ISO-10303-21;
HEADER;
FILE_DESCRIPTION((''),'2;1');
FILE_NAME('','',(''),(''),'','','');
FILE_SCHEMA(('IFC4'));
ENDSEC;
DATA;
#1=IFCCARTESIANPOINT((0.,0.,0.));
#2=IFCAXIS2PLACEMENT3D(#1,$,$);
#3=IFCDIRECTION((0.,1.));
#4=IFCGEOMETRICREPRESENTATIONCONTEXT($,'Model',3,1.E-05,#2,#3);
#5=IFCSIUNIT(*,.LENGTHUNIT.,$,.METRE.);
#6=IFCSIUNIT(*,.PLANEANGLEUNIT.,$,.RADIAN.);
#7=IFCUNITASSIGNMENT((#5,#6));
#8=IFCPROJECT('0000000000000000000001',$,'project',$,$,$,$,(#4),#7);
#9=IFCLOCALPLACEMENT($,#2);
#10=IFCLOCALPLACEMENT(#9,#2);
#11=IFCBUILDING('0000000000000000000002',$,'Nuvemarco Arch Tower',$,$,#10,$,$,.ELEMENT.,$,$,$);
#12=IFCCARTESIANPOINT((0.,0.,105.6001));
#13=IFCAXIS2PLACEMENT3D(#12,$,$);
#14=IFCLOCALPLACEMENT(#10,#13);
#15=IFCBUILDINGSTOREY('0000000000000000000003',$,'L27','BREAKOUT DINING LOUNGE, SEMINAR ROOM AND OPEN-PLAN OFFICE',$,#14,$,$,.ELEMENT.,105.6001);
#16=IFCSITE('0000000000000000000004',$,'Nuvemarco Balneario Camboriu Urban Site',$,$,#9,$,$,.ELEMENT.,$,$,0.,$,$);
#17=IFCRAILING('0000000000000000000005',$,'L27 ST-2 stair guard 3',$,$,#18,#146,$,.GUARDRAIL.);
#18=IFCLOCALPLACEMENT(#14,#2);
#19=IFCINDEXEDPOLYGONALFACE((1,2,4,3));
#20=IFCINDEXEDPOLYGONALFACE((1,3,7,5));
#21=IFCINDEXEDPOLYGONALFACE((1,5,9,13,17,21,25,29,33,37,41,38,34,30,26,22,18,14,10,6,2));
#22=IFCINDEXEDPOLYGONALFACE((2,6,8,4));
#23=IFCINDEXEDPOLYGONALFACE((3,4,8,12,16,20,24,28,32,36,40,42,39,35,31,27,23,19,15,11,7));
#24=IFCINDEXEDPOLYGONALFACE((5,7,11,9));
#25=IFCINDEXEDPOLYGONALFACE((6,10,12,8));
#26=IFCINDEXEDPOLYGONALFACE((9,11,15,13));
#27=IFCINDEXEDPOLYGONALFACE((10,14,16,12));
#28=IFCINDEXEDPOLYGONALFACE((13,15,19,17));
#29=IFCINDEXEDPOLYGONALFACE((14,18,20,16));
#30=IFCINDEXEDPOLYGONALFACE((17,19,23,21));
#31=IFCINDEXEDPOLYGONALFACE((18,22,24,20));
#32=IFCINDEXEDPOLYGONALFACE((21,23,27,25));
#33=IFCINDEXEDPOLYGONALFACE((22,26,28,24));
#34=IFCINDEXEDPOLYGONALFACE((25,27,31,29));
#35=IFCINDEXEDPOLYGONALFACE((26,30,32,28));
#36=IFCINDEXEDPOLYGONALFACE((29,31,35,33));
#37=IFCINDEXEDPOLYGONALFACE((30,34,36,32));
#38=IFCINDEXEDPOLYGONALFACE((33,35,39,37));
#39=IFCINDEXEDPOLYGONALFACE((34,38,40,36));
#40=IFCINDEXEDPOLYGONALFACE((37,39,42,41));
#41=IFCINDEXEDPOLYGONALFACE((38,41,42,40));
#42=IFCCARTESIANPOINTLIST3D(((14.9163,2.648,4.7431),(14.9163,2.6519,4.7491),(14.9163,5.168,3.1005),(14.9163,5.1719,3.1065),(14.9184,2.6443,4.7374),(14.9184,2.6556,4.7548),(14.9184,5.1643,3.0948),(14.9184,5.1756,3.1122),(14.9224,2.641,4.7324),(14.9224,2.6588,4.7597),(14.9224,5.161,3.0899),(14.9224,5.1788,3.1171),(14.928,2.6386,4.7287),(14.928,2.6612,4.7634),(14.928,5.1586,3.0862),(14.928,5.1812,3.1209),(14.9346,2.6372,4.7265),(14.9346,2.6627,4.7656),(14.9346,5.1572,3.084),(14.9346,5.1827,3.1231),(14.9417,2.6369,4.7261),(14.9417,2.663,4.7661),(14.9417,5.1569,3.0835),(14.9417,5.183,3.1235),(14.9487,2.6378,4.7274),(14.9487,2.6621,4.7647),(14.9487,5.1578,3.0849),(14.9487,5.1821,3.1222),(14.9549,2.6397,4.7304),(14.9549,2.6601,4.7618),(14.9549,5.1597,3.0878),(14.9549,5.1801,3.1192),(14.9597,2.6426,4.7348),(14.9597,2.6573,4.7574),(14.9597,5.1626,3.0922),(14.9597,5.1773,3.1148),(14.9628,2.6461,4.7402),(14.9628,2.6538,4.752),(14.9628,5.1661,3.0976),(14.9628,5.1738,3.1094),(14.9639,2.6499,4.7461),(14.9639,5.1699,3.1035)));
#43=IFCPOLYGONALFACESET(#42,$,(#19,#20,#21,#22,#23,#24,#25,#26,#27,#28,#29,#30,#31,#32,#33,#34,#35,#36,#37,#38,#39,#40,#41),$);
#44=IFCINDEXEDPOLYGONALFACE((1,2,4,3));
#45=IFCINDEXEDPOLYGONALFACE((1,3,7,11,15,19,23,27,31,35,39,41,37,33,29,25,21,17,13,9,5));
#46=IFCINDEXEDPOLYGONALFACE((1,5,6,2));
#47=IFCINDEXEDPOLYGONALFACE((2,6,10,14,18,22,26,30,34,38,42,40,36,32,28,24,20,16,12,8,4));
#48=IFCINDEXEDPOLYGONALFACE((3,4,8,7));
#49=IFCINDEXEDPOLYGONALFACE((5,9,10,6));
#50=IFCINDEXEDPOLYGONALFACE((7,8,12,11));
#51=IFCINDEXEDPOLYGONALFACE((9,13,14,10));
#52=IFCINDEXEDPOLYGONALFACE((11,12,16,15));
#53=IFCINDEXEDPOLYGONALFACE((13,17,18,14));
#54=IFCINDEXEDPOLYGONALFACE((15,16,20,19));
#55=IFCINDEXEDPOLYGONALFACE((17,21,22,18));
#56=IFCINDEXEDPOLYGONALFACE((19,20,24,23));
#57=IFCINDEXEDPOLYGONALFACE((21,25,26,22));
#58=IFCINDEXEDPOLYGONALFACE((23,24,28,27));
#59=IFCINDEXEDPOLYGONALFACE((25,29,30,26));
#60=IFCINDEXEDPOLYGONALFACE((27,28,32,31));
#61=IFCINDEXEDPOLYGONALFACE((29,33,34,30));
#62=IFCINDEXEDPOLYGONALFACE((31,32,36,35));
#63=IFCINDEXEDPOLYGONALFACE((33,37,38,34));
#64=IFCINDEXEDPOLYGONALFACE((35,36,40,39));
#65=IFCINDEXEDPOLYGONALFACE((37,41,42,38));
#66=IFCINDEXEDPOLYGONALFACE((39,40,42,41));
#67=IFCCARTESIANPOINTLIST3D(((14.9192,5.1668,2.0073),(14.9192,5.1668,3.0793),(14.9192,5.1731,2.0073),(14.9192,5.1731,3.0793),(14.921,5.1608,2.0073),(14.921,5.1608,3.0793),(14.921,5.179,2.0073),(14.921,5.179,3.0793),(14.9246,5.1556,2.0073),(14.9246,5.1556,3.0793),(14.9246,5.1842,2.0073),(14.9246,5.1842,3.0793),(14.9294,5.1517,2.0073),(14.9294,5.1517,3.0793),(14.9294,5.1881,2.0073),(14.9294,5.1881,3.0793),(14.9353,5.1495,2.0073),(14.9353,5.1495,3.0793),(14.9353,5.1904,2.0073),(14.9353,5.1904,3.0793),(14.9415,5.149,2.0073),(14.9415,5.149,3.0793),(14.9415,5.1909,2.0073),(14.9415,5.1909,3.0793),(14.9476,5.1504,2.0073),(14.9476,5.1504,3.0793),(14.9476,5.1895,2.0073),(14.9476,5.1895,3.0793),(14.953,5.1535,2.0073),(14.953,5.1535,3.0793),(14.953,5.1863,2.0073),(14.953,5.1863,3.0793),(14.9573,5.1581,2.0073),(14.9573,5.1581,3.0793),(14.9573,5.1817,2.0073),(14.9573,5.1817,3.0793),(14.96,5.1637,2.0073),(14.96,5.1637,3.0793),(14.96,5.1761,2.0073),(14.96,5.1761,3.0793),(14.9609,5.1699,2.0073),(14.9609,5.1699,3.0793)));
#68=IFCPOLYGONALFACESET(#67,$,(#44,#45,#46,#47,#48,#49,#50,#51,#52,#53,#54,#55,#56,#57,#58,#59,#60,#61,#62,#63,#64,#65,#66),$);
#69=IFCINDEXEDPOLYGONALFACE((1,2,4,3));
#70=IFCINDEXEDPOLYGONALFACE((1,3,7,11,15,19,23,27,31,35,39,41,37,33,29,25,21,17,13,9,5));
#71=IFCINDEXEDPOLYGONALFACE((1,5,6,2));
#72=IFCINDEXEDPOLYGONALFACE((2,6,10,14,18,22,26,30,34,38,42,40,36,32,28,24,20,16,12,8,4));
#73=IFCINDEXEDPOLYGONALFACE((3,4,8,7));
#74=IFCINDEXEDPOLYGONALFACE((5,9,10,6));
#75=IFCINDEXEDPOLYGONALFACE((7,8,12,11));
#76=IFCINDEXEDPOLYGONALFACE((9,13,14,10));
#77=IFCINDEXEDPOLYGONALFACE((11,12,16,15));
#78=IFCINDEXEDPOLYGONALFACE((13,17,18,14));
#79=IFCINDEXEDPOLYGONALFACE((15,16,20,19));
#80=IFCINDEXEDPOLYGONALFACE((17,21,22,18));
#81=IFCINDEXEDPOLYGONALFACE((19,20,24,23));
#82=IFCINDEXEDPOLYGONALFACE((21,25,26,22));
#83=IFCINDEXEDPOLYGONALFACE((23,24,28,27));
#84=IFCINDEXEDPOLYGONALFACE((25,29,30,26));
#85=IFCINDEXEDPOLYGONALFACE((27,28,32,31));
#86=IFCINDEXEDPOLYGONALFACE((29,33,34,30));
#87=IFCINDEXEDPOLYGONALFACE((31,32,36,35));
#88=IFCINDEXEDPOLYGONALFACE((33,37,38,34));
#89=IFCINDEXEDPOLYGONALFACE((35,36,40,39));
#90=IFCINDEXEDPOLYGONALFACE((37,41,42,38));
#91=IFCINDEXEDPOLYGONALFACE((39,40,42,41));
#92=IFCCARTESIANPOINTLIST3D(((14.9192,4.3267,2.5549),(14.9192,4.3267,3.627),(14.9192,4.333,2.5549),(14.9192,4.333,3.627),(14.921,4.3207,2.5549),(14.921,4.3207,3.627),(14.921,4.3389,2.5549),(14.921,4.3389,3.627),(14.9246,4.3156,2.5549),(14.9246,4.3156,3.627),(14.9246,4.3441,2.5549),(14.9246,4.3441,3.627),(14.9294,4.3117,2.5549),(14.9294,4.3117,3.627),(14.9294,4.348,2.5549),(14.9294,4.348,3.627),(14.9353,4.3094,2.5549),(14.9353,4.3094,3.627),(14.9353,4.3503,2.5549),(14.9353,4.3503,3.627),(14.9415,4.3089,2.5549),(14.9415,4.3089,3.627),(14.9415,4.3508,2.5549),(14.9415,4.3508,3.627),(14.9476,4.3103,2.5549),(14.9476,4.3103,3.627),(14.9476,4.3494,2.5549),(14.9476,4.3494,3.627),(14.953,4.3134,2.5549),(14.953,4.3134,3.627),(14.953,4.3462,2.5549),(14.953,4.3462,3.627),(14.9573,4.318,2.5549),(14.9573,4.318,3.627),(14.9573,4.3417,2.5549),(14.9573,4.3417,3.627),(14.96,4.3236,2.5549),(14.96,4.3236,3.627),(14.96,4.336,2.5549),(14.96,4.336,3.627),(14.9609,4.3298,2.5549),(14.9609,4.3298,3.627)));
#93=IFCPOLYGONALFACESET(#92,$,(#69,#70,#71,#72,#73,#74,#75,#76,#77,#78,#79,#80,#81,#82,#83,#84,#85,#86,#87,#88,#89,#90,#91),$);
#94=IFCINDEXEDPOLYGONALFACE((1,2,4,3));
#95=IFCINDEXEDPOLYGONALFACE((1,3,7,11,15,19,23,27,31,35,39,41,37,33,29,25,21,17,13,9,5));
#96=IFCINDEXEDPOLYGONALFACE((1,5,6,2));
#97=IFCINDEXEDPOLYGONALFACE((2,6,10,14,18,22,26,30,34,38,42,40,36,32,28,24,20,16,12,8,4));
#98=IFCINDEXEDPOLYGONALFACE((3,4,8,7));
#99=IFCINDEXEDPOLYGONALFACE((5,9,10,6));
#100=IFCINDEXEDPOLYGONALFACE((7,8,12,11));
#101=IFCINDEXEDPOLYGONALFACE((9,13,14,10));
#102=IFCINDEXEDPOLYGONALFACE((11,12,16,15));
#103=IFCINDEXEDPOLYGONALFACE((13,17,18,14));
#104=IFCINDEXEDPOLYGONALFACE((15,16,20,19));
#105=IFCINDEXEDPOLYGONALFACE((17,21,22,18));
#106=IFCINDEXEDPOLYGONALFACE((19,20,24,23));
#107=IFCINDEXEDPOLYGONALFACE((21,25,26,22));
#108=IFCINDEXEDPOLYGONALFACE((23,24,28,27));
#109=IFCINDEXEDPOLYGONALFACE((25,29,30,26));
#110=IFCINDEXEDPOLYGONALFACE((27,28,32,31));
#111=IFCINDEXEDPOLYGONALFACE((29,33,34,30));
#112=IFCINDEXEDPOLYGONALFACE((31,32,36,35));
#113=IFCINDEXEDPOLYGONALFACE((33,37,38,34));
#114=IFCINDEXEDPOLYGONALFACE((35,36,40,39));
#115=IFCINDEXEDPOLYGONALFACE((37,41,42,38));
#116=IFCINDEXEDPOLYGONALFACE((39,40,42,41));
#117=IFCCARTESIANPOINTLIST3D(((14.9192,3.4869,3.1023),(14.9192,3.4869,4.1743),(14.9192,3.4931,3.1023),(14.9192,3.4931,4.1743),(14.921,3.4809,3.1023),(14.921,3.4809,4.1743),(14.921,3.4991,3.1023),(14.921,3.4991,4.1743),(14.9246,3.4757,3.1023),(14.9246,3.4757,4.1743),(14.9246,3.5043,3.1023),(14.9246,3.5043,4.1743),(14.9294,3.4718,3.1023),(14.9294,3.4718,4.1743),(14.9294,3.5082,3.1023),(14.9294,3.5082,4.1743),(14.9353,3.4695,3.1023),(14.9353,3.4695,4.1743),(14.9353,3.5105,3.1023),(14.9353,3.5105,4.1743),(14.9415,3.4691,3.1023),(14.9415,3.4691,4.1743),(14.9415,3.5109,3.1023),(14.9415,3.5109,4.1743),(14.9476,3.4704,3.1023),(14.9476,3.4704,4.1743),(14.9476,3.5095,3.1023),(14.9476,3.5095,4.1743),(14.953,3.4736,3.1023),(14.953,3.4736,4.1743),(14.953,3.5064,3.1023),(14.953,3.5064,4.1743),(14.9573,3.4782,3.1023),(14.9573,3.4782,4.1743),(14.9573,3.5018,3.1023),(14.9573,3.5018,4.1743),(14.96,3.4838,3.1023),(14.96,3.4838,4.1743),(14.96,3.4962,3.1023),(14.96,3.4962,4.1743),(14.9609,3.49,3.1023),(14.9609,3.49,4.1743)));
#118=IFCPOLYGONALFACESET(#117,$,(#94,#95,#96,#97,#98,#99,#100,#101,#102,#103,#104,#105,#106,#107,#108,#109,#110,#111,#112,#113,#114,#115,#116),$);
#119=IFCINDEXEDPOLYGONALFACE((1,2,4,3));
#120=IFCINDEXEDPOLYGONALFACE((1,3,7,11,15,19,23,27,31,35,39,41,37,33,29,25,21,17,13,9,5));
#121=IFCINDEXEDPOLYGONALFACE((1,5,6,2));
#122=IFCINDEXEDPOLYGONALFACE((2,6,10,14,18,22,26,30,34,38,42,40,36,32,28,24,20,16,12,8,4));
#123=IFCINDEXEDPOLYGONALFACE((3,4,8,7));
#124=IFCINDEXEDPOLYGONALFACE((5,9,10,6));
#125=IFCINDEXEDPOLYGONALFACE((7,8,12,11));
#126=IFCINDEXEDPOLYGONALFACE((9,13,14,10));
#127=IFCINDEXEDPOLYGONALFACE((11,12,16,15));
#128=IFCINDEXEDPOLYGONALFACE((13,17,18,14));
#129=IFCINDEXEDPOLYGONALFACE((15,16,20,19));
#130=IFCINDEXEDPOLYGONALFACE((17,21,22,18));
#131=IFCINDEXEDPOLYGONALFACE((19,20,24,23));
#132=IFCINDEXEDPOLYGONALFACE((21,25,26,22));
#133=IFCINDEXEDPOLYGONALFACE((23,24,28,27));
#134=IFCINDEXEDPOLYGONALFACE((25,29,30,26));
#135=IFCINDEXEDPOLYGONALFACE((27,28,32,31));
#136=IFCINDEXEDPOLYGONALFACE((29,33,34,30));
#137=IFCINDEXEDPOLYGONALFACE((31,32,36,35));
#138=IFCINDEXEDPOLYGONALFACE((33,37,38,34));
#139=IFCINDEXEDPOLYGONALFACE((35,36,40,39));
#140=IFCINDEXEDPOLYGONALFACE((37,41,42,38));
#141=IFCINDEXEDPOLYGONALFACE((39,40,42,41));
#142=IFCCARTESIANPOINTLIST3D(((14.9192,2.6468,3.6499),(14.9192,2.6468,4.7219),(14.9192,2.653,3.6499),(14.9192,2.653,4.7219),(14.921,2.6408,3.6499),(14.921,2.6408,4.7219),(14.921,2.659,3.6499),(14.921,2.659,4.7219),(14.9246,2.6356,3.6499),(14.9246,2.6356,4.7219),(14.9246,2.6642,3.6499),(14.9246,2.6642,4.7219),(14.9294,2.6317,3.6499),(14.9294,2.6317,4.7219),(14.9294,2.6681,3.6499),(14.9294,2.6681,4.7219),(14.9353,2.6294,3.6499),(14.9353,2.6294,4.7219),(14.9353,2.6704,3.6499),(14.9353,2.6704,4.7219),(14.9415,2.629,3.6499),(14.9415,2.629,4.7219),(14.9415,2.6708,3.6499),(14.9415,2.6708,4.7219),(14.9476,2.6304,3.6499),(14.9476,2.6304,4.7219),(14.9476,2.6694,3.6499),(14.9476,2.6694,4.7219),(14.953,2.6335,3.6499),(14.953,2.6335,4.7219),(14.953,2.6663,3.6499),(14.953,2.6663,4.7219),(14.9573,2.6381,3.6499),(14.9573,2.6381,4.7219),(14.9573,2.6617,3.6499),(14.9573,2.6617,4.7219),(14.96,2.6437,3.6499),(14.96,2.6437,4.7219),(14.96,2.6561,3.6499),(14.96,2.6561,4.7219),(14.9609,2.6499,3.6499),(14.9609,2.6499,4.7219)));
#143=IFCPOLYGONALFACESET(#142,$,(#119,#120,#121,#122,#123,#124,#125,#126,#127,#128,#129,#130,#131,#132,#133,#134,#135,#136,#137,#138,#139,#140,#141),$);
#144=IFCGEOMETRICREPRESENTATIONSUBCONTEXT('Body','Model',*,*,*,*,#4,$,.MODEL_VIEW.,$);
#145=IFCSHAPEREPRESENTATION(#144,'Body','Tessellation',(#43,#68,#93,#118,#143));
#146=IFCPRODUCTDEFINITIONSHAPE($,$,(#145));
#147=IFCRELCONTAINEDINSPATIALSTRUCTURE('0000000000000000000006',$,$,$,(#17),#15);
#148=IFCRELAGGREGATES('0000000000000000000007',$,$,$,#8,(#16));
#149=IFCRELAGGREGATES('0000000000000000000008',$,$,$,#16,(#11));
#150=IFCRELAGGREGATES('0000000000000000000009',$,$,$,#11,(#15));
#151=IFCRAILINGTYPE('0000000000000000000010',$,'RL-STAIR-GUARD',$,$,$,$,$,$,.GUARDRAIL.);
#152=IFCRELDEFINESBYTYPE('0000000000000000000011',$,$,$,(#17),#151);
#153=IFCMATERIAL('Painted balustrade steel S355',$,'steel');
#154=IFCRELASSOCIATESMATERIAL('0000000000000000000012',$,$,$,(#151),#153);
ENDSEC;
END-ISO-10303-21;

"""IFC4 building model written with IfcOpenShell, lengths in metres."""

from ifc_helpers import new_model, si_unit, direction, frame, origin, origin_2d, place, context, subcontext, project, spatial, circle, extrude, material, type_object, element, save


model = new_model("IFC4")

# Units and contexts
model_context = context("Model", 3, precision=1e-05, world=origin(), true_north=direction((0.0, 1.0)))
body_context = subcontext(model_context, "Body", "Model", "MODEL_VIEW")
ifc_project = project(units=[si_unit("LENGTHUNIT", "METRE"), si_unit("PLANEANGLEUNIT", "RADIAN")], contexts=[model_context])

# Site, building, storey
site_placement = place(None, origin())
site = spatial("IfcSite", under=ifc_project, at=site_placement, Name="Nuvemarco Balneario Camboriu Urban Site", CompositionType="ELEMENT", RefElevation=0.0)
building_placement = place(site_placement, origin())
building = spatial("IfcBuilding", under=site, at=building_placement, Name="Nuvemarco Arch Tower", CompositionType="ELEMENT")
storey_placement = place(building_placement, frame((0.0, 0.0, 105.6001)))
storey = spatial("IfcBuildingStorey", under=building, at=storey_placement, Name="L27", Description="BREAKOUT DINING LOUNGE, SEMINAR ROOM AND OPEN-PLAN OFFICE", CompositionType="ELEMENT", Elevation=105.6001)

# Railing
ifc_material_1 = material(Name="Painted balustrade steel S355", Category="steel")
railing_type_1 = type_object("IfcRailingType", Name="RL-STAIR-GUARD", PredefinedType="GUARDRAIL", material=ifc_material_1)
railing_1_placement = place(storey_placement, frame((14.9399, 5.1699, 2.0073)))
element("IfcRailing", 1, at=railing_1_placement, inside=storey, type_object=railing_type_1, Name="L27 ST-2 stair guard 3", PredefinedType="GUARDRAIL", context=body_context, shape_type="SweptSolid", body=[
    extrude(circle(Radius=0.0239, at=origin_2d()), frame((0.0, 0.0, 1.0962), z_axis=(0.0, -0.837749, 0.546055), x_axis=(1.0, 0.0, 0.0)), (0.0, 0.0, 1.0), 3.0081),
    extrude(circle(Radius=0.021, at=origin_2d()), origin(), (0.0, 0.0, 1.0), 1.072),
    extrude(circle(Radius=0.021, at=origin_2d()), frame((0.0, -0.8401, 0.5476)), (0.0, 0.0, 1.0), 1.072),
    extrude(circle(Radius=0.021, at=origin_2d()), frame((0.0, -1.6799, 1.095)), (0.0, 0.0, 1.0), 1.072),
    extrude(circle(Radius=0.021, at=origin_2d()), frame((0.0, -2.52, 1.6426)), (0.0, 0.0, 1.0), 1.072),
])

save(model, "model.ifc")
